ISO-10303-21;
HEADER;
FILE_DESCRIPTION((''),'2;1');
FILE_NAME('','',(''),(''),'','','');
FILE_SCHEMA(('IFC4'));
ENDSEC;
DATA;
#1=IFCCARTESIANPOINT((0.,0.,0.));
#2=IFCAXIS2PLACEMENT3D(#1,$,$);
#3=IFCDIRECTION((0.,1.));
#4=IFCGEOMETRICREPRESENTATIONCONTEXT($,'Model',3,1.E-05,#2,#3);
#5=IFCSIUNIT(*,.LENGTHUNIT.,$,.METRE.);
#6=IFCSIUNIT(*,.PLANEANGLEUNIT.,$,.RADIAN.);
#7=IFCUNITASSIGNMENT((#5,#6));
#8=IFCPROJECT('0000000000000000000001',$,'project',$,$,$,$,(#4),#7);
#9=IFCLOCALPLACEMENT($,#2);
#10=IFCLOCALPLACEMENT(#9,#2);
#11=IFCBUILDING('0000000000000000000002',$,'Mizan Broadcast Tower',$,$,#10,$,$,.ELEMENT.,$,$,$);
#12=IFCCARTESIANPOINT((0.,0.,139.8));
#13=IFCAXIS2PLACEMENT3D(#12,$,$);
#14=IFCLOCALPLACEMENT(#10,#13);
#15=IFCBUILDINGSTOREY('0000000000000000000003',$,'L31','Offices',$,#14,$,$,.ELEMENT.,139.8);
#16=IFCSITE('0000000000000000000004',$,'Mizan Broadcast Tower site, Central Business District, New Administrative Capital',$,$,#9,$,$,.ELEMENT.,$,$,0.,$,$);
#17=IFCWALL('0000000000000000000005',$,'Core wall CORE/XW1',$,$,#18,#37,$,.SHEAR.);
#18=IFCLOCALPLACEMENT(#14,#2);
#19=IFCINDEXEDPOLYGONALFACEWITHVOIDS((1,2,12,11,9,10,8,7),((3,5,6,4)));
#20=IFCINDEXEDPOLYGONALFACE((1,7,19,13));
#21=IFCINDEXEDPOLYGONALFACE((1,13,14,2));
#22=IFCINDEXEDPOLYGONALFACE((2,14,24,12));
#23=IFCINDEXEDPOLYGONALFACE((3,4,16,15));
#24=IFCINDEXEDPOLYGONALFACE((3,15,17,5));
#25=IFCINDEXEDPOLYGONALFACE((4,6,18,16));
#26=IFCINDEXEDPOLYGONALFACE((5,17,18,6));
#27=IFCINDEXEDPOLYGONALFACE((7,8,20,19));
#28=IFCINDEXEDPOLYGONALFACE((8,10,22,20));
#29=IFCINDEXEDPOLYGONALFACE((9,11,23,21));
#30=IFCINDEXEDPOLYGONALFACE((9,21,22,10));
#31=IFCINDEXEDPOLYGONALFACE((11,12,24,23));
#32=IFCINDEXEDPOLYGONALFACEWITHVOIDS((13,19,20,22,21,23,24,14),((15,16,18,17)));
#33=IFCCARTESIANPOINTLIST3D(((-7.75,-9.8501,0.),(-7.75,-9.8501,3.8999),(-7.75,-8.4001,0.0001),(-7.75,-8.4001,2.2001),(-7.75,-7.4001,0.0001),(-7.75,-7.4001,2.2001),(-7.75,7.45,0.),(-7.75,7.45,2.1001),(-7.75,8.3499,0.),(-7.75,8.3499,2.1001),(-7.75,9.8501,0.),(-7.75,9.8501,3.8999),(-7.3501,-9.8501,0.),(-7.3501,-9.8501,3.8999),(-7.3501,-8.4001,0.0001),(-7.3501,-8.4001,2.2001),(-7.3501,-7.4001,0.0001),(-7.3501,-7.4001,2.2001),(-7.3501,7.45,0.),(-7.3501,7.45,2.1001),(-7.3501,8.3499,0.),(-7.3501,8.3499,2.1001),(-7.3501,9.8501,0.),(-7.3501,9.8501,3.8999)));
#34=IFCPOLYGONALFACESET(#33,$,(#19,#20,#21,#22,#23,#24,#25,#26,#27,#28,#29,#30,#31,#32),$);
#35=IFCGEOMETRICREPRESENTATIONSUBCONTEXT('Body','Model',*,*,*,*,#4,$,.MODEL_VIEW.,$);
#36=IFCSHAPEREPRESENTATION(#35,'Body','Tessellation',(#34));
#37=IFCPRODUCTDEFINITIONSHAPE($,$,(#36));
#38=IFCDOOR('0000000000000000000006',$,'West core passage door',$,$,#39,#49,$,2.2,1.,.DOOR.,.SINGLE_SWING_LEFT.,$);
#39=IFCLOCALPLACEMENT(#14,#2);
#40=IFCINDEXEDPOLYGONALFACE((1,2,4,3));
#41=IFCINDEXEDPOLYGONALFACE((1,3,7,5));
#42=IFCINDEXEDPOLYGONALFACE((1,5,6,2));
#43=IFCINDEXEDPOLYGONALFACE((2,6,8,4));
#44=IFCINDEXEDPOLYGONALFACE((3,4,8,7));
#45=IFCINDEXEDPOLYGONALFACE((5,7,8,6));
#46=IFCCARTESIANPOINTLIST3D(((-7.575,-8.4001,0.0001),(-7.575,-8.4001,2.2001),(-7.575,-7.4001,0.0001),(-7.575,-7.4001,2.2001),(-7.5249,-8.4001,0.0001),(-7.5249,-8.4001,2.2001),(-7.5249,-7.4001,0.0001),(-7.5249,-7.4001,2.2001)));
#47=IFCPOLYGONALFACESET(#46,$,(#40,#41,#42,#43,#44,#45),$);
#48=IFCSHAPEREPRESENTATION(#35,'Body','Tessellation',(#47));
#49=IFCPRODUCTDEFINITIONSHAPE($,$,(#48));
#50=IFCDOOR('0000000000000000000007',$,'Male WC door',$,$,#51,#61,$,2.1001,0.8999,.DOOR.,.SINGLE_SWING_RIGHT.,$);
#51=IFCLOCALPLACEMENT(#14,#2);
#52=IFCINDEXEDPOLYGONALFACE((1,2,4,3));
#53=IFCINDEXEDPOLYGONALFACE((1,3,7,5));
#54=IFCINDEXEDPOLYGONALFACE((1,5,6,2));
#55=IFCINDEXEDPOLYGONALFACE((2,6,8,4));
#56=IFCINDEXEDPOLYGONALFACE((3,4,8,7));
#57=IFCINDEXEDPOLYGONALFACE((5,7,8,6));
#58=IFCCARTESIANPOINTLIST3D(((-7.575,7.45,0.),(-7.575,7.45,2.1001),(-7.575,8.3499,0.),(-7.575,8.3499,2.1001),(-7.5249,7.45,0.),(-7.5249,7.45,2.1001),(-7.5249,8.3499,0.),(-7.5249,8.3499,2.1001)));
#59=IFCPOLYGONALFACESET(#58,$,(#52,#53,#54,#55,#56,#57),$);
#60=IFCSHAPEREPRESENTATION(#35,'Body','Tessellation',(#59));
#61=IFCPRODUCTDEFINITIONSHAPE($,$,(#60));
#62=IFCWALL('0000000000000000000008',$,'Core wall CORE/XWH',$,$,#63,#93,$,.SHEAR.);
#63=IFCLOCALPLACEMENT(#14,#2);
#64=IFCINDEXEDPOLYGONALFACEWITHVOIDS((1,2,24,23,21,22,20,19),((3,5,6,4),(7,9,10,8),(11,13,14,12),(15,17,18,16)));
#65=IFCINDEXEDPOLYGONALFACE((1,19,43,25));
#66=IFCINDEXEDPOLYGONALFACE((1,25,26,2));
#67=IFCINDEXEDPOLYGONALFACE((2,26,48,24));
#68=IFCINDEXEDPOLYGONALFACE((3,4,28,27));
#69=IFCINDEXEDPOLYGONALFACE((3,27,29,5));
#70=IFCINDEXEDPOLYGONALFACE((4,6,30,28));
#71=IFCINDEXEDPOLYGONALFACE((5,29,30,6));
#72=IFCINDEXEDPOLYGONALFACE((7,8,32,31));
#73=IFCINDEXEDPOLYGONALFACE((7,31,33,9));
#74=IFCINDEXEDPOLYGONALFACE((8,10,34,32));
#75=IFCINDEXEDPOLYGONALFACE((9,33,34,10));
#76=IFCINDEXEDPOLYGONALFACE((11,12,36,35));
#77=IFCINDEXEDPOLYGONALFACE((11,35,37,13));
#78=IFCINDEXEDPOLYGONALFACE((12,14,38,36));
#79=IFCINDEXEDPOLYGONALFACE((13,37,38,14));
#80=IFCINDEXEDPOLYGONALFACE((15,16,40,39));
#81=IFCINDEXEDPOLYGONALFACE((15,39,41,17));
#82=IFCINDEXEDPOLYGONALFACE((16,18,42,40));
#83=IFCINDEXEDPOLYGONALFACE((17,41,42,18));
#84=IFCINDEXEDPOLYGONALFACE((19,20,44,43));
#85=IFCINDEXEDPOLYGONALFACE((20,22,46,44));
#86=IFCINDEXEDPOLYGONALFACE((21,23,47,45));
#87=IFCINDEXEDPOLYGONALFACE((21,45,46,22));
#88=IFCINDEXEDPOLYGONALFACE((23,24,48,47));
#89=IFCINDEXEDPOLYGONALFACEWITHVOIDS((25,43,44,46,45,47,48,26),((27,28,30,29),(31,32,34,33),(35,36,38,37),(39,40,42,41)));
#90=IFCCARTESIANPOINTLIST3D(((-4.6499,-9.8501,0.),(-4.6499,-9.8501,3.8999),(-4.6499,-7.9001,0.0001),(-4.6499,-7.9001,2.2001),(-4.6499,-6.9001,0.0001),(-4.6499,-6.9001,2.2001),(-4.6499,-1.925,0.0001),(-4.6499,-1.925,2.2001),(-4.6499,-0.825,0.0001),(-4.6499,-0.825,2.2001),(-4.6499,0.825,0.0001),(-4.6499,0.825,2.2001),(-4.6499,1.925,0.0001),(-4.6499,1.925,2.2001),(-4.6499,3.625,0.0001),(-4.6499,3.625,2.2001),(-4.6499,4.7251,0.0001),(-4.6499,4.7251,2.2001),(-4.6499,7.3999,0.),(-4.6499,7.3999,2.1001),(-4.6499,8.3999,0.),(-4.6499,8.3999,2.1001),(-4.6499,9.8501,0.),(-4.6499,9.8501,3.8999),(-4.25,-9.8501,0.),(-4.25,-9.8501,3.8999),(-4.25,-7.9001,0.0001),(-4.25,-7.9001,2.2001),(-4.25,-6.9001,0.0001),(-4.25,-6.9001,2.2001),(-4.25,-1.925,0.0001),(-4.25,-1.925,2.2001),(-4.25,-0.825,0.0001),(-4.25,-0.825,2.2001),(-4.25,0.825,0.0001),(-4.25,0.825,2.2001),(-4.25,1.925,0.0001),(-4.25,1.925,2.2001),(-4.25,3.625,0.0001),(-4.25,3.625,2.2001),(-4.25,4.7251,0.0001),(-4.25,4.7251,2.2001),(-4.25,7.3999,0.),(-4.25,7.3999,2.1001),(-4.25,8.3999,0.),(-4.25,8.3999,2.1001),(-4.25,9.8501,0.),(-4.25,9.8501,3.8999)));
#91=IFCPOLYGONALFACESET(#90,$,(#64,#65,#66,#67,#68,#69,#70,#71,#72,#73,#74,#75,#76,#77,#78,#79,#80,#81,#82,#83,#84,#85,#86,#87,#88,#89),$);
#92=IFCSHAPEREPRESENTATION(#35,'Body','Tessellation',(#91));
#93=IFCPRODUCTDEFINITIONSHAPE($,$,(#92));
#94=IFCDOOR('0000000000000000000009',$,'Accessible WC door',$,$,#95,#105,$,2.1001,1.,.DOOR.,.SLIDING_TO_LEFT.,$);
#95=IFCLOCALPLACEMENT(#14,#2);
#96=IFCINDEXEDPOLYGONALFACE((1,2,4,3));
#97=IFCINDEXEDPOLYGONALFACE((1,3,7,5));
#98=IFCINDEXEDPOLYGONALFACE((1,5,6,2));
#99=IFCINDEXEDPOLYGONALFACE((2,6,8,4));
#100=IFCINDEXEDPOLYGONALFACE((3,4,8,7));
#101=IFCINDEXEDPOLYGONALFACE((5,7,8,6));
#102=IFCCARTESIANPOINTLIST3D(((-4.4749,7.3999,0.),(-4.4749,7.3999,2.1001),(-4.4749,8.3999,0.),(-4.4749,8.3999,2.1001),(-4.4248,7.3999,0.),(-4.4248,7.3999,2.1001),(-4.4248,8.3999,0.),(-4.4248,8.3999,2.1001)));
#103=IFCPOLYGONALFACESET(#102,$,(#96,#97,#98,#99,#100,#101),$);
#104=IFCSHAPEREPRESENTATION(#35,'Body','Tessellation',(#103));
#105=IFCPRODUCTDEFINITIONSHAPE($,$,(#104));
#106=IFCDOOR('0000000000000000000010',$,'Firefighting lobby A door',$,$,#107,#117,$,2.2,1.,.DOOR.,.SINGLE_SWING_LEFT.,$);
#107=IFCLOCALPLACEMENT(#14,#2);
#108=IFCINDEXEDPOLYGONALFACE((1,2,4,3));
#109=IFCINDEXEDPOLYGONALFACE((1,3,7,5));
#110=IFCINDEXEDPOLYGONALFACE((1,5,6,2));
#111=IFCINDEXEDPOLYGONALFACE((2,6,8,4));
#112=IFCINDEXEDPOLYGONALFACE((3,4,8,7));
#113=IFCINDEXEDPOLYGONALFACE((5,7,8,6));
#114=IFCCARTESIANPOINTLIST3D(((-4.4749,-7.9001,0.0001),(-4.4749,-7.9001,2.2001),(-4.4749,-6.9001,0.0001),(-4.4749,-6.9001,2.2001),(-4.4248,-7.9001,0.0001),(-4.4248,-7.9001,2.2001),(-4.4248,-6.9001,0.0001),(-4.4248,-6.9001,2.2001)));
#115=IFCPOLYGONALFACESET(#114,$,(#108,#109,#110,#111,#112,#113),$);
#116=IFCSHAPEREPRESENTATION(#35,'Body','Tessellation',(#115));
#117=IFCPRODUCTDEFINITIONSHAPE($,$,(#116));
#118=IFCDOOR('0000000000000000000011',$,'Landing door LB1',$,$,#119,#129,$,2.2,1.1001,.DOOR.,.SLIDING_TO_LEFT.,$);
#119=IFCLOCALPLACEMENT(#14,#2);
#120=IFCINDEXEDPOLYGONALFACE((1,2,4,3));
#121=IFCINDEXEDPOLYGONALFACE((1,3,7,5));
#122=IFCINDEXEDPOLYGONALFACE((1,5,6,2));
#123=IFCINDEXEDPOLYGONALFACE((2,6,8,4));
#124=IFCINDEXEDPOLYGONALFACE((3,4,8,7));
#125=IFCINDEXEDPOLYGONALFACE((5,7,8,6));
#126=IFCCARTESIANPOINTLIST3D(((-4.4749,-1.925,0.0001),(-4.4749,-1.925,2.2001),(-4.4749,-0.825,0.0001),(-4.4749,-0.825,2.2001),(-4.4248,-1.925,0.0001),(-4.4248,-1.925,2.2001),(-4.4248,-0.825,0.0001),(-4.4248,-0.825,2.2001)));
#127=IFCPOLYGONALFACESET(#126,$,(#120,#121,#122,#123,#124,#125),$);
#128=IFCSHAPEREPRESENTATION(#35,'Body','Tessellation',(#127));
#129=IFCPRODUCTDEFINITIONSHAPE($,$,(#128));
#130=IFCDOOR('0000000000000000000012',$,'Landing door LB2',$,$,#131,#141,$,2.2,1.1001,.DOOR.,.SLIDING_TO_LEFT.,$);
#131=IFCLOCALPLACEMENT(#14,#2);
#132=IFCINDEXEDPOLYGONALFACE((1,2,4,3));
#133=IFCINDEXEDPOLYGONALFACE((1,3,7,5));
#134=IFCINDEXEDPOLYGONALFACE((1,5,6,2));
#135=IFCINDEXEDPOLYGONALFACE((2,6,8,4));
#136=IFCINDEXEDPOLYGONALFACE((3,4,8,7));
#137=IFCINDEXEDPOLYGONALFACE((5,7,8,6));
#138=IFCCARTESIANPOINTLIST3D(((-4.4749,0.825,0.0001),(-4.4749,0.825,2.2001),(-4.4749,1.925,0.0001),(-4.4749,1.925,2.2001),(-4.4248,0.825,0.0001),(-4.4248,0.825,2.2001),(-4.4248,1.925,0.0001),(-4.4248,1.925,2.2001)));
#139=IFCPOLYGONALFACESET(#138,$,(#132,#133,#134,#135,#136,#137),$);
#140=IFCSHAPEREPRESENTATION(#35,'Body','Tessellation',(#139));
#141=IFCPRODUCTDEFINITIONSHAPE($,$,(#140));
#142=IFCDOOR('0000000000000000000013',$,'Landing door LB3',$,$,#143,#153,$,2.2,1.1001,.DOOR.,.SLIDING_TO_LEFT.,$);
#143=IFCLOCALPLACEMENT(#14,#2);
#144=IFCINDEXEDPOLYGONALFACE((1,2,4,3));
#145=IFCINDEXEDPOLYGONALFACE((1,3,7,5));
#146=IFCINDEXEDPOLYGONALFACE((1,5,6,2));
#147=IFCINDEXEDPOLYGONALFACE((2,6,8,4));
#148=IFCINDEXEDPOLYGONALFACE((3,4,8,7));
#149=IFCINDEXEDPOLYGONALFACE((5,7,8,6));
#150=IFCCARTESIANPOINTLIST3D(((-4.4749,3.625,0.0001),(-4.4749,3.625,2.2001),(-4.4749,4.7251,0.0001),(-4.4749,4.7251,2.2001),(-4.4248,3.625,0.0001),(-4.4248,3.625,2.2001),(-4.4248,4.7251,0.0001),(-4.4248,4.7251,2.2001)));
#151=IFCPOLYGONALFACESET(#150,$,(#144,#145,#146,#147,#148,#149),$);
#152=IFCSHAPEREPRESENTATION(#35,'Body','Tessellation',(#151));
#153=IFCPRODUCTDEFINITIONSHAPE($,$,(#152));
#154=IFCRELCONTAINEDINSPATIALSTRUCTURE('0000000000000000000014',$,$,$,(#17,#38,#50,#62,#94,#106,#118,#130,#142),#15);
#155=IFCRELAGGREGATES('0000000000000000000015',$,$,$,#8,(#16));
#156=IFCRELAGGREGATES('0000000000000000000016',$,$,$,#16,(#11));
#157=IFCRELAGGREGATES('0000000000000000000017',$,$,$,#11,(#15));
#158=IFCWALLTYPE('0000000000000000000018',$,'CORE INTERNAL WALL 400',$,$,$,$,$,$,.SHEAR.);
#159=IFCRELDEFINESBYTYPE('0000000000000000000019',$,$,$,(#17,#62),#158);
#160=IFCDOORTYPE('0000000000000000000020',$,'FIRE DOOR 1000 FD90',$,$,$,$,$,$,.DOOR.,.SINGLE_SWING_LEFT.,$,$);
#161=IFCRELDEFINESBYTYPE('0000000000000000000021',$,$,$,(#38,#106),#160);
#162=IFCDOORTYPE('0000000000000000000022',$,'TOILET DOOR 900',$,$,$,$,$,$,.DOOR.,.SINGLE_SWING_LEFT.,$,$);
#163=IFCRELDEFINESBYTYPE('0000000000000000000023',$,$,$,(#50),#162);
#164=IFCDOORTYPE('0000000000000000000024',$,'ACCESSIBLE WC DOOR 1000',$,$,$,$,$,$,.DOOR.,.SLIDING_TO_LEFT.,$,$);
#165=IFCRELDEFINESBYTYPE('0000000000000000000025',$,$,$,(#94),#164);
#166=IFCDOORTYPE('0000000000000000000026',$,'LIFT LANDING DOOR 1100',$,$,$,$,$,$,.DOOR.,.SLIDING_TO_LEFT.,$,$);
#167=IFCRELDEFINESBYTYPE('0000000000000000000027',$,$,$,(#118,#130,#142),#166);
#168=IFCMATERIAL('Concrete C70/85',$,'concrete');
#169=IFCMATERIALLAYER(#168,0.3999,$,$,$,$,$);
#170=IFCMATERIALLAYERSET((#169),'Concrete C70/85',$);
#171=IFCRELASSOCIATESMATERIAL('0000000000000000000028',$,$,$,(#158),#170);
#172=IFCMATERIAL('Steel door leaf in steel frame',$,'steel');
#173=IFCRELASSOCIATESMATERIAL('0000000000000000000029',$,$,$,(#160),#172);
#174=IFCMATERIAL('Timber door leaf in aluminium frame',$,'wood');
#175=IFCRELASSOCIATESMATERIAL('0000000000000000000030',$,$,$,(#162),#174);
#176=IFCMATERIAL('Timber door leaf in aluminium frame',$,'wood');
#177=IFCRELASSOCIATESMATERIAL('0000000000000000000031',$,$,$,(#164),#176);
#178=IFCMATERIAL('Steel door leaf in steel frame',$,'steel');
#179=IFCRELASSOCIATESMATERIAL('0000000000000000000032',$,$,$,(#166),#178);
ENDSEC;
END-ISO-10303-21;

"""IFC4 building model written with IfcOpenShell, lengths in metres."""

from ifc_helpers import new_model, si_unit, direction, frame, frame_2d, origin, place, context, subcontext, project, spatial, rectangle, extrude, material, layer, layer_set, type_object, element, fill, save


model = new_model("IFC4")

# Units and contexts
model_context = context("Model", 3, precision=1e-05, world=origin(), true_north=direction((0.0, 1.0)))
body_context = subcontext(model_context, "Body", "Model", "MODEL_VIEW")
ifc_project = project(units=[si_unit("LENGTHUNIT", "METRE"), si_unit("PLANEANGLEUNIT", "RADIAN")], contexts=[model_context])

# Site, building, storey
site_placement = place(None, origin())
site = spatial("IfcSite", under=ifc_project, at=site_placement, Name="Mizan Broadcast Tower site, Central Business District, New Administrative Capital", CompositionType="ELEMENT", RefElevation=0.0)
building_placement = place(site_placement, origin())
building = spatial("IfcBuilding", under=site, at=building_placement, Name="Mizan Broadcast Tower", CompositionType="ELEMENT")
storey_placement = place(building_placement, frame((0.0, 0.0, 139.8)))
storey = spatial("IfcBuildingStorey", under=building, at=storey_placement, Name="L31", Description="Offices", CompositionType="ELEMENT", Elevation=139.8)

# Walls, openings, doors
ifc_material_1 = material(Name="Concrete C70/85", Category="concrete")
ifc_layer_1 = layer(ifc_material_1, 0.3999)
ifc_layer_set_1 = layer_set([ifc_layer_1], Name="Concrete C70/85")
wall_type_1 = type_object("IfcWallType", Name="CORE INTERNAL WALL 400", PredefinedType="SHEAR", material=ifc_layer_set_1)
wall_1_placement = place(storey_placement, frame((-7.55, -9.8501, 0.0), z_axis=(0.0, 0.0, 1.0), x_axis=(0.0, 1.0, 0.0)))
wall_1 = element("IfcWall", 1, at=wall_1_placement, inside=storey, type_object=wall_type_1, Name="Core wall CORE/XW1", PredefinedType="SHEAR", context=body_context, shape_type="SweptSolid", body=[
    extrude(rectangle(XDim=19.7002, YDim=0.3999, at=frame_2d((9.8501, 0.0))), origin(), (0.0, 0.0, 1.0), 3.8999),
])
opening_1_placement = place(wall_1_placement, frame((1.45, 0.0, 0.0)))
opening_1 = element("IfcOpeningElement", 2, at=opening_1_placement, cuts=wall_1, PredefinedType="OPENING", context=body_context, shape_type="SweptSolid", body=[
    extrude(rectangle(XDim=1.0, YDim=2.2, at=frame_2d((0.5, 1.1001))), frame((0.0, 0.21, 0.0), z_axis=(0.0, -1.0, 0.0), x_axis=(1.0, 0.0, 0.0)), (0.0, 0.0, 1.0), 0.4199),
])
opening_2_placement = place(wall_1_placement, frame((17.3, 0.0, 0.0)))
opening_2 = element("IfcOpeningElement", 3, at=opening_2_placement, cuts=wall_1, PredefinedType="OPENING", context=body_context, shape_type="SweptSolid", body=[
    extrude(rectangle(XDim=0.8999, YDim=2.1001, at=frame_2d((0.45, 1.05))), frame((0.0, 0.21, 0.0), z_axis=(0.0, -1.0, 0.0), x_axis=(1.0, 0.0, 0.0)), (0.0, 0.0, 1.0), 0.4199),
])
ifc_material_2 = material(Name="Steel door leaf in steel frame", Category="steel")
door_type_1 = type_object("IfcDoorType", Name="FIRE DOOR 1000 FD90", OperationType="SINGLE_SWING_LEFT", PredefinedType="DOOR", material=ifc_material_2)
door_1_placement = place(opening_1_placement, origin())
door_1 = element("IfcDoor", 4, at=door_1_placement, inside=storey, type_object=door_type_1, Name="West core passage door", OperationType="SINGLE_SWING_LEFT", OverallHeight=2.2, OverallWidth=1.0, PredefinedType="DOOR", context=body_context, shape_type="SweptSolid", body=[
    extrude(rectangle(XDim=1.0, YDim=2.2, at=frame_2d((0.5, 1.1001))), frame((0.0, 0.0249, 0.0), z_axis=(0.0, -1.0, 0.0), x_axis=(1.0, 0.0, 0.0)), (0.0, 0.0, 1.0), 0.05),
])
fill(opening_1, door_1)
ifc_material_3 = material(Name="Timber door leaf in aluminium frame", Category="wood")
door_type_2 = type_object("IfcDoorType", Name="TOILET DOOR 900", OperationType="SINGLE_SWING_LEFT", PredefinedType="DOOR", material=ifc_material_3)
door_2_placement = place(opening_2_placement, origin())
door_2 = element("IfcDoor", 5, at=door_2_placement, inside=storey, type_object=door_type_2, Name="Male WC door", OperationType="SINGLE_SWING_RIGHT", OverallHeight=2.1001, OverallWidth=0.8999, PredefinedType="DOOR", context=body_context, shape_type="SweptSolid", body=[
    extrude(rectangle(XDim=0.8999, YDim=2.1001, at=frame_2d((0.45, 1.05))), frame((0.0, 0.0249, 0.0), z_axis=(0.0, -1.0, 0.0), x_axis=(1.0, 0.0, 0.0)), (0.0, 0.0, 1.0), 0.05),
])
fill(opening_2, door_2)
wall_2_placement = place(storey_placement, frame((-4.45, -9.8501, 0.0), z_axis=(0.0, 0.0, 1.0), x_axis=(0.0, 1.0, 0.0)))
wall_2 = element("IfcWall", 6, at=wall_2_placement, inside=storey, type_object=wall_type_1, Name="Core wall CORE/XWH", PredefinedType="SHEAR", context=body_context, shape_type="SweptSolid", body=[
    extrude(rectangle(XDim=19.7002, YDim=0.3999, at=frame_2d((9.8501, 0.0))), origin(), (0.0, 0.0, 1.0), 3.8999),
])
opening_3_placement = place(wall_2_placement, frame((1.95, 0.0, 0.0)))
opening_3 = element("IfcOpeningElement", 7, at=opening_3_placement, cuts=wall_2, PredefinedType="OPENING", context=body_context, shape_type="SweptSolid", body=[
    extrude(rectangle(XDim=1.0, YDim=2.2, at=frame_2d((0.5, 1.1001))), frame((0.0, 0.21, 0.0), z_axis=(0.0, -1.0, 0.0), x_axis=(1.0, 0.0, 0.0)), (0.0, 0.0, 1.0), 0.4199),
])
opening_4_placement = place(wall_2_placement, frame((17.25, 0.0, 0.0)))
opening_4 = element("IfcOpeningElement", 8, at=opening_4_placement, cuts=wall_2, PredefinedType="OPENING", context=body_context, shape_type="SweptSolid", body=[
    extrude(rectangle(XDim=1.0, YDim=2.1001, at=frame_2d((0.5, 1.05))), frame((0.0, 0.21, 0.0), z_axis=(0.0, -1.0, 0.0), x_axis=(1.0, 0.0, 0.0)), (0.0, 0.0, 1.0), 0.4199),
])
opening_5_placement = place(wall_2_placement, frame((7.925, 0.0, 0.0)))
opening_5 = element("IfcOpeningElement", 9, at=opening_5_placement, cuts=wall_2, PredefinedType="OPENING", context=body_context, shape_type="SweptSolid", body=[
    extrude(rectangle(XDim=1.1001, YDim=2.2, at=frame_2d((0.55, 1.1001))), frame((0.0, 0.21, 0.0), z_axis=(0.0, -1.0, 0.0), x_axis=(1.0, 0.0, 0.0)), (0.0, 0.0, 1.0), 0.4199),
])
opening_6_placement = place(wall_2_placement, frame((10.675, 0.0, 0.0)))
opening_6 = element("IfcOpeningElement", 10, at=opening_6_placement, cuts=wall_2, PredefinedType="OPENING", context=body_context, shape_type="SweptSolid", body=[
    extrude(rectangle(XDim=1.1001, YDim=2.2, at=frame_2d((0.55, 1.1001))), frame((0.0, 0.21, 0.0), z_axis=(0.0, -1.0, 0.0), x_axis=(1.0, 0.0, 0.0)), (0.0, 0.0, 1.0), 0.4199),
])
opening_7_placement = place(wall_2_placement, frame((13.4751, 0.0, 0.0)))
opening_7 = element("IfcOpeningElement", 11, at=opening_7_placement, cuts=wall_2, PredefinedType="OPENING", context=body_context, shape_type="SweptSolid", body=[
    extrude(rectangle(XDim=1.1001, YDim=2.2, at=frame_2d((0.55, 1.1001))), frame((0.0, 0.21, 0.0), z_axis=(0.0, -1.0, 0.0), x_axis=(1.0, 0.0, 0.0)), (0.0, 0.0, 1.0), 0.4199),
])
ifc_material_4 = material(Name="Timber door leaf in aluminium frame", Category="wood")
door_type_3 = type_object("IfcDoorType", Name="ACCESSIBLE WC DOOR 1000", OperationType="SLIDING_TO_LEFT", PredefinedType="DOOR", material=ifc_material_4)
door_3_placement = place(opening_4_placement, origin())
door_3 = element("IfcDoor", 12, at=door_3_placement, inside=storey, type_object=door_type_3, Name="Accessible WC door", OperationType="SLIDING_TO_LEFT", OverallHeight=2.1001, OverallWidth=1.0, PredefinedType="DOOR", context=body_context, shape_type="SweptSolid", body=[
    extrude(rectangle(XDim=1.0, YDim=2.1001, at=frame_2d((0.5, 1.05))), frame((0.0, 0.0249, 0.0), z_axis=(0.0, -1.0, 0.0), x_axis=(1.0, 0.0, 0.0)), (0.0, 0.0, 1.0), 0.05),
])
fill(opening_4, door_3)
door_4_placement = place(opening_3_placement, origin())
door_4 = element("IfcDoor", 13, at=door_4_placement, inside=storey, type_object=door_type_1, Name="Firefighting lobby A door", OperationType="SINGLE_SWING_LEFT", OverallHeight=2.2, OverallWidth=1.0, PredefinedType="DOOR", context=body_context, shape_type="SweptSolid", body=[
    extrude(rectangle(XDim=1.0, YDim=2.2, at=frame_2d((0.5, 1.1001))), frame((0.0, 0.0249, 0.0), z_axis=(0.0, -1.0, 0.0), x_axis=(1.0, 0.0, 0.0)), (0.0, 0.0, 1.0), 0.05),
])
fill(opening_3, door_4)
ifc_material_5 = material(Name="Steel door leaf in steel frame", Category="steel")
door_type_4 = type_object("IfcDoorType", Name="LIFT LANDING DOOR 1100", OperationType="SLIDING_TO_LEFT", PredefinedType="DOOR", material=ifc_material_5)
door_5_placement = place(opening_5_placement, origin())
door_5 = element("IfcDoor", 14, at=door_5_placement, inside=storey, type_object=door_type_4, Name="Landing door LB1", OperationType="SLIDING_TO_LEFT", OverallHeight=2.2, OverallWidth=1.1001, PredefinedType="DOOR", context=body_context, shape_type="SweptSolid", body=[
    extrude(rectangle(XDim=1.1001, YDim=2.2, at=frame_2d((0.55, 1.1001))), frame((0.0, 0.0249, 0.0), z_axis=(0.0, -1.0, 0.0), x_axis=(1.0, 0.0, 0.0)), (0.0, 0.0, 1.0), 0.05),
])
fill(opening_5, door_5)
door_6_placement = place(opening_6_placement, origin())
door_6 = element("IfcDoor", 15, at=door_6_placement, inside=storey, type_object=door_type_4, Name="Landing door LB2", OperationType="SLIDING_TO_LEFT", OverallHeight=2.2, OverallWidth=1.1001, PredefinedType="DOOR", context=body_context, shape_type="SweptSolid", body=[
    extrude(rectangle(XDim=1.1001, YDim=2.2, at=frame_2d((0.55, 1.1001))), frame((0.0, 0.0249, 0.0), z_axis=(0.0, -1.0, 0.0), x_axis=(1.0, 0.0, 0.0)), (0.0, 0.0, 1.0), 0.05),
])
fill(opening_6, door_6)
door_7_placement = place(opening_7_placement, origin())
door_7 = element("IfcDoor", 16, at=door_7_placement, inside=storey, type_object=door_type_4, Name="Landing door LB3", OperationType="SLIDING_TO_LEFT", OverallHeight=2.2, OverallWidth=1.1001, PredefinedType="DOOR", context=body_context, shape_type="SweptSolid", body=[
    extrude(rectangle(XDim=1.1001, YDim=2.2, at=frame_2d((0.55, 1.1001))), frame((0.0, 0.0249, 0.0), z_axis=(0.0, -1.0, 0.0), x_axis=(1.0, 0.0, 0.0)), (0.0, 0.0, 1.0), 0.05),
])
fill(opening_7, door_7)

save(model, "model.ifc")
